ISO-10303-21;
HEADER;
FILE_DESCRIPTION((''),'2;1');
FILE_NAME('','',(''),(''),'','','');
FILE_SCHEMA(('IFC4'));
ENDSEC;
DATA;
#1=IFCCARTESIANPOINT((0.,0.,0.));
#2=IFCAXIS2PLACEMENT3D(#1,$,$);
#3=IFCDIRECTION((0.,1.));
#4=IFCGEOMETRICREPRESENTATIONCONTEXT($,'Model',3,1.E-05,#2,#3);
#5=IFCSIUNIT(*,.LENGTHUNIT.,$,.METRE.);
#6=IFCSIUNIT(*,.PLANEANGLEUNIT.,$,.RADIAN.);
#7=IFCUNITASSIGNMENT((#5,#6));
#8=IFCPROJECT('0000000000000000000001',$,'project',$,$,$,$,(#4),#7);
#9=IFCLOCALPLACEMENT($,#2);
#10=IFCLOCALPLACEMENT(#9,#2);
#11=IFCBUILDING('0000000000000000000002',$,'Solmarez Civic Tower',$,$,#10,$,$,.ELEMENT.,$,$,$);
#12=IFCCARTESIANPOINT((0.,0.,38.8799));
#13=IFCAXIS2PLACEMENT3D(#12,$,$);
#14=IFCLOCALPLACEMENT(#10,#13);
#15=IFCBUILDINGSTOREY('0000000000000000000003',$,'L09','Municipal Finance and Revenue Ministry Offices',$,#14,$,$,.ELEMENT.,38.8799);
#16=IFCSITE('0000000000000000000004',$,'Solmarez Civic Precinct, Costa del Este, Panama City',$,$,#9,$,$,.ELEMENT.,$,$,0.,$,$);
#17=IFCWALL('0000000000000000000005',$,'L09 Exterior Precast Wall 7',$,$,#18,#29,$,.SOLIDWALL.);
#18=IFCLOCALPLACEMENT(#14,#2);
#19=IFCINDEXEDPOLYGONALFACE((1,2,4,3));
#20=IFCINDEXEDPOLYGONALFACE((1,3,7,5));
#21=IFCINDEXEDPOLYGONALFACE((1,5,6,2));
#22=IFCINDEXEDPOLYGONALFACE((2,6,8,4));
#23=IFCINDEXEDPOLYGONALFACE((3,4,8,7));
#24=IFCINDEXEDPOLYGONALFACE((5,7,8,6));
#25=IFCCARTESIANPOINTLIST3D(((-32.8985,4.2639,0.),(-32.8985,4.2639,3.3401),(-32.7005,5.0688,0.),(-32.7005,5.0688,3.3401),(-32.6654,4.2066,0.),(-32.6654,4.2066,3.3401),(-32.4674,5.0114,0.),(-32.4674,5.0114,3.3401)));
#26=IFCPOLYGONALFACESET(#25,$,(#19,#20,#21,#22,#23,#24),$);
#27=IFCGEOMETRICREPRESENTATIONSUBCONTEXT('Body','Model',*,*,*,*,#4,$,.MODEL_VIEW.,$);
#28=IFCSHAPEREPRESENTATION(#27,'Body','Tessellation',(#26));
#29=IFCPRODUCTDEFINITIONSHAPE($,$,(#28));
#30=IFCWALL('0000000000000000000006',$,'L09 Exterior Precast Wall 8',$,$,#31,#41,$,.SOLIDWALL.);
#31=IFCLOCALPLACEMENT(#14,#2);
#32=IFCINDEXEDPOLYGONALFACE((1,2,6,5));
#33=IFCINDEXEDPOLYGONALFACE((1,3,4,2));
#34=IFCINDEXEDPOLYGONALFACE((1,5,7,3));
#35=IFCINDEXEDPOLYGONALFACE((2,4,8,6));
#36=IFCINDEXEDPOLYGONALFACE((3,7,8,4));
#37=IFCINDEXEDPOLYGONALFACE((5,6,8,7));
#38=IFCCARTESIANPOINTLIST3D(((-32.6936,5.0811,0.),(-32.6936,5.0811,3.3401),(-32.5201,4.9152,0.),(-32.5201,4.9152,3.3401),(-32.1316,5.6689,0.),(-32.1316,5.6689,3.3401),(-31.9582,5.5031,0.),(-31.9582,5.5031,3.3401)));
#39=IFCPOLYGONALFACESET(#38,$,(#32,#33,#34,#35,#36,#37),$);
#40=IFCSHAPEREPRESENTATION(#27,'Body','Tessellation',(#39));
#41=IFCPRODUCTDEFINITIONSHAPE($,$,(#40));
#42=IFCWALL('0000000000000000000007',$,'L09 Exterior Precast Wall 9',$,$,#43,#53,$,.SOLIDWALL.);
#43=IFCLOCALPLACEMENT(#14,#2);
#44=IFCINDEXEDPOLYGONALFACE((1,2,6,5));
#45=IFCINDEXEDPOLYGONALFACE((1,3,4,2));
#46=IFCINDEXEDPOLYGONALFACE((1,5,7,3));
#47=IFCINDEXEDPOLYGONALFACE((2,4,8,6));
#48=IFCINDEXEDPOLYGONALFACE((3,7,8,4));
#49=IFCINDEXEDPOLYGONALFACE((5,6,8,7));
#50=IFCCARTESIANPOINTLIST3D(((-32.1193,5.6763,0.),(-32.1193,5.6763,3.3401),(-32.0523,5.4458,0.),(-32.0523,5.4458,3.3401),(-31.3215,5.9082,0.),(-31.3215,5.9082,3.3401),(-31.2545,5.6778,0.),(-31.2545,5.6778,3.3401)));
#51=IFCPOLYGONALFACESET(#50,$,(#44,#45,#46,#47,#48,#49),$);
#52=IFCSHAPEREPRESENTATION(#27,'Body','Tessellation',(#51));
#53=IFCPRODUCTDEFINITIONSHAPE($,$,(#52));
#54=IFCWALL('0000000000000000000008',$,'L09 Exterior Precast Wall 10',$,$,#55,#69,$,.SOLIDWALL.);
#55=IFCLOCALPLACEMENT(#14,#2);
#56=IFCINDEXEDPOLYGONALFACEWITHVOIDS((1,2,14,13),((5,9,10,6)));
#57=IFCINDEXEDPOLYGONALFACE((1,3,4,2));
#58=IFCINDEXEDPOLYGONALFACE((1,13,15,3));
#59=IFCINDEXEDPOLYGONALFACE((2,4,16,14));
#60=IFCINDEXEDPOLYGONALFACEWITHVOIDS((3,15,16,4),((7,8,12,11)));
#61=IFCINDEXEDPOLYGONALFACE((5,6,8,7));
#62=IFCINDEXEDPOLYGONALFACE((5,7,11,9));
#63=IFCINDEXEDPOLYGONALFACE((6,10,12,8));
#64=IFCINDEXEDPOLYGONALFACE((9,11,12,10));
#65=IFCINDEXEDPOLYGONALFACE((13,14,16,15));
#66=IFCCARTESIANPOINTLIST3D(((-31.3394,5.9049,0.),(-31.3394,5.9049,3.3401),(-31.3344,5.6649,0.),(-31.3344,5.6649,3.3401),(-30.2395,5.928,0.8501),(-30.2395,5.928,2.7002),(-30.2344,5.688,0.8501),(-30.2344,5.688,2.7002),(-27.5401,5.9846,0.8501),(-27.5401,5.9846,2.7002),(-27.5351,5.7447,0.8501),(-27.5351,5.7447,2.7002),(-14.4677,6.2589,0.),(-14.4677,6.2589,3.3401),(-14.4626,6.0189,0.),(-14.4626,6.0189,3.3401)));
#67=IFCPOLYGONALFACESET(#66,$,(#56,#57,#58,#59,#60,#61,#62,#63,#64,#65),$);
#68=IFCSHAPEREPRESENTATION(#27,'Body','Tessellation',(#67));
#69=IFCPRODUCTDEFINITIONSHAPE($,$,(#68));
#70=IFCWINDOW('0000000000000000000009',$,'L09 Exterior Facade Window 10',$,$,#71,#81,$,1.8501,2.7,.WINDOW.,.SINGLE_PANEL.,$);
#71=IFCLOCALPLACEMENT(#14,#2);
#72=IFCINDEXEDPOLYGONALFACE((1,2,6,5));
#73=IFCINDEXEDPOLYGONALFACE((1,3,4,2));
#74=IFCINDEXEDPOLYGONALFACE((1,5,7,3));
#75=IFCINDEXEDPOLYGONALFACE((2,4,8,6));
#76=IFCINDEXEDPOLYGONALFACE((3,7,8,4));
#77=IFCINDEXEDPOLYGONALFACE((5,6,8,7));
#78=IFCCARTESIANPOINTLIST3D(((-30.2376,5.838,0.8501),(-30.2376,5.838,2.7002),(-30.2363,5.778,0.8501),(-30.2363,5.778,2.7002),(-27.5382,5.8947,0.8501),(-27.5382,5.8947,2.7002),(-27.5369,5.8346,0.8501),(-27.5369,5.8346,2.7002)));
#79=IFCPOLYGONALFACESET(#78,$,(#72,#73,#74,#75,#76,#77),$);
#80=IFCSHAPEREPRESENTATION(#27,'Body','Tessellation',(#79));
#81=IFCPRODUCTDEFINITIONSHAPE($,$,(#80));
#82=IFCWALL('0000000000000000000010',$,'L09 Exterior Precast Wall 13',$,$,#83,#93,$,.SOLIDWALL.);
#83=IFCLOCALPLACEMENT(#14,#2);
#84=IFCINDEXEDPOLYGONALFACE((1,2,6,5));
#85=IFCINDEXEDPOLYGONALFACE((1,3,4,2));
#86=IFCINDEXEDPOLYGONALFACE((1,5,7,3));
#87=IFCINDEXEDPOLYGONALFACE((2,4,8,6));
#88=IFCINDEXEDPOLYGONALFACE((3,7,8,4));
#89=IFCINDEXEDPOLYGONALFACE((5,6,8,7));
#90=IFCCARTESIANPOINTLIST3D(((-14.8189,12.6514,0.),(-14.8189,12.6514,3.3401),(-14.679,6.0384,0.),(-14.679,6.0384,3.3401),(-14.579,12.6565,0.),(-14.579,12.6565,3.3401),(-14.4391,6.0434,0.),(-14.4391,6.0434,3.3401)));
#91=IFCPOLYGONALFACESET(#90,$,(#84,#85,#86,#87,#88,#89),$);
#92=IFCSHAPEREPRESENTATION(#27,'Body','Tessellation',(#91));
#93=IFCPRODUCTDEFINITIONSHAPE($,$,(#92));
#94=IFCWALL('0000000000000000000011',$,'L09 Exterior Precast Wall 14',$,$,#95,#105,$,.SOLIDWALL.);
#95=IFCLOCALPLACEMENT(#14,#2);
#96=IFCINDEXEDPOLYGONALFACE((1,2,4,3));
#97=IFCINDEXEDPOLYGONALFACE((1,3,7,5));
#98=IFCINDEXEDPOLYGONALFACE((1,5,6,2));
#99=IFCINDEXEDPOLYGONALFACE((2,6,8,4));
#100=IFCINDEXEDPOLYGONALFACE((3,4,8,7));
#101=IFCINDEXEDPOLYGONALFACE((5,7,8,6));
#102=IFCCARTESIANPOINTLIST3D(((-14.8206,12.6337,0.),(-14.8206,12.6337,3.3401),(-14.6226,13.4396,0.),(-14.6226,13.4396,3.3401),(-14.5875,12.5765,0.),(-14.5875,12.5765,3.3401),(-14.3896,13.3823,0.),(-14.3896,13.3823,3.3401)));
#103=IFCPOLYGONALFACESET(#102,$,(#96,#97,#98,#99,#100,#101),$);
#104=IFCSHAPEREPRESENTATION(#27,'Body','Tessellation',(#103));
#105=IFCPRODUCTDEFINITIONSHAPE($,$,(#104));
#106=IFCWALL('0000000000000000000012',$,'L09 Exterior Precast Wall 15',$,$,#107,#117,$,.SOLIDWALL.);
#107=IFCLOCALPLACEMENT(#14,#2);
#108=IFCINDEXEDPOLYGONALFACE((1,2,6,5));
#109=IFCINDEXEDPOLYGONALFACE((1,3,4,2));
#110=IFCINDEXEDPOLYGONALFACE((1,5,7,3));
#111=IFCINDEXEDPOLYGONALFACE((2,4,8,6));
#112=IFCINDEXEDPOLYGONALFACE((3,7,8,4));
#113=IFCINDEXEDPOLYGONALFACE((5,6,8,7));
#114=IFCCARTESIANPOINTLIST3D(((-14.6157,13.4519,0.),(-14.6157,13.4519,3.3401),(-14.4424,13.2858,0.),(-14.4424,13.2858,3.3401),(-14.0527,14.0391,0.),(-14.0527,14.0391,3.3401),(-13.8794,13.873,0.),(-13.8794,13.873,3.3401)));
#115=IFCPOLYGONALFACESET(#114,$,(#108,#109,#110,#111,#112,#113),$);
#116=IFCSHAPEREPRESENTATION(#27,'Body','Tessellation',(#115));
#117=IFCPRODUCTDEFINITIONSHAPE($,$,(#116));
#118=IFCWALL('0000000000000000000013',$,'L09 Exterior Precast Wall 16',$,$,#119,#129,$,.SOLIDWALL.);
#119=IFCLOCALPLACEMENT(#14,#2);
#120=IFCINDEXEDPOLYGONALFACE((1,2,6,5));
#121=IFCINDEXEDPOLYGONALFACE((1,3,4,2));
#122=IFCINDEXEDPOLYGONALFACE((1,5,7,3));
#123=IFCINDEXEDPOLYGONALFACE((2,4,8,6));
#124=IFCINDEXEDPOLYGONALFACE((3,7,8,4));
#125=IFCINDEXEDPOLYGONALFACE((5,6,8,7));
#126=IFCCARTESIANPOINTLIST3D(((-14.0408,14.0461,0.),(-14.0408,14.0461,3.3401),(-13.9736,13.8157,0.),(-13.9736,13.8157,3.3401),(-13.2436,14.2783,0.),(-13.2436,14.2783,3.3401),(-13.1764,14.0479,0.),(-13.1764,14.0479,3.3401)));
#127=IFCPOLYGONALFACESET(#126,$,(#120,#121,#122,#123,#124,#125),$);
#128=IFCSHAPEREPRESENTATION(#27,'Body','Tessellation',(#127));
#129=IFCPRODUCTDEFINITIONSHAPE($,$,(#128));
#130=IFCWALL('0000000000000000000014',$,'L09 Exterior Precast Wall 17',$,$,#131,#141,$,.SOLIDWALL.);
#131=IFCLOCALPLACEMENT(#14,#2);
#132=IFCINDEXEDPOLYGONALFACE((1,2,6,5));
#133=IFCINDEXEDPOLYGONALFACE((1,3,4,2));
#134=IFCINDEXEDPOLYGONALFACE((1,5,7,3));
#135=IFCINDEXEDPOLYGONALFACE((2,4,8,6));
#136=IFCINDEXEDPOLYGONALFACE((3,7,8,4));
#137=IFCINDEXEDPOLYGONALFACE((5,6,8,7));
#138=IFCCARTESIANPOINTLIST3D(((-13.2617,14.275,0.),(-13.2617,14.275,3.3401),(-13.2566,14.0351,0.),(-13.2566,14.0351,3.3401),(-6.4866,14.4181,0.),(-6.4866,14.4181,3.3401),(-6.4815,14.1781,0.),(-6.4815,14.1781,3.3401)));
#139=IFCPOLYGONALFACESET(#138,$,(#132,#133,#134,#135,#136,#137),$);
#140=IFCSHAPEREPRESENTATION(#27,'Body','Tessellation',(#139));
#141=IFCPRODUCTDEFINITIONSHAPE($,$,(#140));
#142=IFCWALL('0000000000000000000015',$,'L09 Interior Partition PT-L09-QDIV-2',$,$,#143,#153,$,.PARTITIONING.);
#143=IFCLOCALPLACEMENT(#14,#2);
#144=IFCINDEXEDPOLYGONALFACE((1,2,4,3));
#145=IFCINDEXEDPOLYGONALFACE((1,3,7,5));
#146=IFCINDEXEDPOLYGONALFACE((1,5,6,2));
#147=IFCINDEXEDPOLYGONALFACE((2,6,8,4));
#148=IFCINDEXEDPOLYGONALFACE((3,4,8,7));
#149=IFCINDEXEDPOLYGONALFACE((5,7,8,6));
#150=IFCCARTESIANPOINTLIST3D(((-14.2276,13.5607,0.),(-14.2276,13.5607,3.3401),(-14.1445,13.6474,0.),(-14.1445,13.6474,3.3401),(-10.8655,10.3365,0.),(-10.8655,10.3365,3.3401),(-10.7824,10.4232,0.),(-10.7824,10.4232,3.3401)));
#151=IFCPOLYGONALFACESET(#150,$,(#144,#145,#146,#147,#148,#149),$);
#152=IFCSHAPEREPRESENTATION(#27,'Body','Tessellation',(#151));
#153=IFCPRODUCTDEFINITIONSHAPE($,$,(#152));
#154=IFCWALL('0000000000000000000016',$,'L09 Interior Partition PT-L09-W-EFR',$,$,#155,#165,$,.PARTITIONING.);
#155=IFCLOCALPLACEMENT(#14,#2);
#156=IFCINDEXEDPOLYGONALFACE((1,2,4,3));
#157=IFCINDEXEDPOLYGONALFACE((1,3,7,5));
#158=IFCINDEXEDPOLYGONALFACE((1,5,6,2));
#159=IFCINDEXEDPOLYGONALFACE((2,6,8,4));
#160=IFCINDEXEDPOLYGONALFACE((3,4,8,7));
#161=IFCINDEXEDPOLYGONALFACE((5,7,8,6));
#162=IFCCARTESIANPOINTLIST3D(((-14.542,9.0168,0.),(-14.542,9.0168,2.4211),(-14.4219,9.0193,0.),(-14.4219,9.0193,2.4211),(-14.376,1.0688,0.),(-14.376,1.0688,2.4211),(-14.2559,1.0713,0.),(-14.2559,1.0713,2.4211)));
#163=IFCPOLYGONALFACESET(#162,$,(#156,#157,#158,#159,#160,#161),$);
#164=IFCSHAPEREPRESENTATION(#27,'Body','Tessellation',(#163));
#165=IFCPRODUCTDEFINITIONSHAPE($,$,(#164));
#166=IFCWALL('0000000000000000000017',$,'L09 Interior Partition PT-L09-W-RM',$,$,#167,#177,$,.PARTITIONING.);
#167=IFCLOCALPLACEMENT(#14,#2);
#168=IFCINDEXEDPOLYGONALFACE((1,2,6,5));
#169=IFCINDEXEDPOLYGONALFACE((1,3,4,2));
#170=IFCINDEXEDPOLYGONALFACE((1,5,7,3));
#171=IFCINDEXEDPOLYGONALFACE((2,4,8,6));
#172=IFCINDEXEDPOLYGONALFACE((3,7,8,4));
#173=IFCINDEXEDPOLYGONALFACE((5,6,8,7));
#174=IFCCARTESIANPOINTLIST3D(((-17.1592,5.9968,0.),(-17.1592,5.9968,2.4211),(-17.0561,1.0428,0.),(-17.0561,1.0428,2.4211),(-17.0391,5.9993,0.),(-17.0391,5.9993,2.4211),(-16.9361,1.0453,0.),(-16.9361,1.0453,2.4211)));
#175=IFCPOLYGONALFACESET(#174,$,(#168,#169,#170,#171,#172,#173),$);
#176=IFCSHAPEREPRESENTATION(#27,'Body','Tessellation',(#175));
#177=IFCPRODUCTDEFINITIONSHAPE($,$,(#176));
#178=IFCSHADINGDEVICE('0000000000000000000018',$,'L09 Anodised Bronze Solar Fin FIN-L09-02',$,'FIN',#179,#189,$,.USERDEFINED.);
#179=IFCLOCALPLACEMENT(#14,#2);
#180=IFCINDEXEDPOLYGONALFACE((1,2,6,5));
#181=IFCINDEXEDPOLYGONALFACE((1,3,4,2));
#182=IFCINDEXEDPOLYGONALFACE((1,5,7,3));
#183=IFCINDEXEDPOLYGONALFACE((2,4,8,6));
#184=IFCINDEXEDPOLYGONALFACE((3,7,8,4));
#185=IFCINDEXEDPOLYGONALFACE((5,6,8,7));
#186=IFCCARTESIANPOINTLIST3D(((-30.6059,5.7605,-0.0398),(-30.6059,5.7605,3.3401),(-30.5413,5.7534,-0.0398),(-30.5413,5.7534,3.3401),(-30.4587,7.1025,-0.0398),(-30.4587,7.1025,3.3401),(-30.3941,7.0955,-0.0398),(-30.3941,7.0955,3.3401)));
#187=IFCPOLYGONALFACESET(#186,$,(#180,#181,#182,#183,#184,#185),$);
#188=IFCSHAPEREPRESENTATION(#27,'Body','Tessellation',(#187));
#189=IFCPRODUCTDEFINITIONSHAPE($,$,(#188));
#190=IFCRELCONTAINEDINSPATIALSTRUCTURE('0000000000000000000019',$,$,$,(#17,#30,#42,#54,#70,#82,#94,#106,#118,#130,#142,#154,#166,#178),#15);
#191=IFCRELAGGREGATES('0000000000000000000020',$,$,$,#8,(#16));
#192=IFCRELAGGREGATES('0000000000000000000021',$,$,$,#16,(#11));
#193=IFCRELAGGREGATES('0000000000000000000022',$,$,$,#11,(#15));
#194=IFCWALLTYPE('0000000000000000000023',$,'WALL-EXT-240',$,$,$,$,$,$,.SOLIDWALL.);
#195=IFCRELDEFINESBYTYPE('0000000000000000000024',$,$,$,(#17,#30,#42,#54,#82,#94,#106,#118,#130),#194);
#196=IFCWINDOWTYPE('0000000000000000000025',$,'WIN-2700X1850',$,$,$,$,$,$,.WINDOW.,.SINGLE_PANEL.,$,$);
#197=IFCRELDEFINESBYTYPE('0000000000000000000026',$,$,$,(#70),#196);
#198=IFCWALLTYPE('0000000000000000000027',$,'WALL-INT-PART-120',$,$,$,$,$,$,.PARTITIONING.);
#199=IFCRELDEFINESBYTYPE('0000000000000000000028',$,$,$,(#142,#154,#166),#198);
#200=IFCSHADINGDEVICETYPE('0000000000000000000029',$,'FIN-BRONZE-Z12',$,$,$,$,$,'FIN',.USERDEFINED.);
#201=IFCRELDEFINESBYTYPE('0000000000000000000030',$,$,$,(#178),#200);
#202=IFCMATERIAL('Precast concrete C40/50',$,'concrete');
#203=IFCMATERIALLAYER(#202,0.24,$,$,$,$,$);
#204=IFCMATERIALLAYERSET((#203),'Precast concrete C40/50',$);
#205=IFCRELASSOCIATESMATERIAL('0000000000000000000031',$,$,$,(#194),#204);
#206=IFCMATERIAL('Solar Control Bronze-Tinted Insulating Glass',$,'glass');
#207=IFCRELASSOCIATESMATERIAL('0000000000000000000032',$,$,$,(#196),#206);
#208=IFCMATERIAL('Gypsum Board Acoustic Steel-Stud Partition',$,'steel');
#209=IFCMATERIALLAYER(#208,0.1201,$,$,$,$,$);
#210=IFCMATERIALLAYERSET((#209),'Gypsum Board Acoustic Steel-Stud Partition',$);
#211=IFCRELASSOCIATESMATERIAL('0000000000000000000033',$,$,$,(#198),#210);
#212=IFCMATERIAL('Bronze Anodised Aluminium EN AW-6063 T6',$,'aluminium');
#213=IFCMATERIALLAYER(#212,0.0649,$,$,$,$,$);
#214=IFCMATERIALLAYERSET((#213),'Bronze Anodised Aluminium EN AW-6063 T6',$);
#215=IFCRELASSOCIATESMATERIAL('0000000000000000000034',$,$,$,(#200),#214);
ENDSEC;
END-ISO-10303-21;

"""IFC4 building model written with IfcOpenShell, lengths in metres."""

from ifc_helpers import new_model, si_unit, direction, frame, frame_2d, origin, origin_2d, place, context, subcontext, project, spatial, rectangle, extrude, material, layer, layer_set, type_object, element, fill, save


model = new_model("IFC4")

# Units and contexts
model_context = context("Model", 3, precision=1e-05, world=origin(), true_north=direction((0.0, 1.0)))
body_context = subcontext(model_context, "Body", "Model", "MODEL_VIEW")
ifc_project = project(units=[si_unit("LENGTHUNIT", "METRE"), si_unit("PLANEANGLEUNIT", "RADIAN")], contexts=[model_context])

# Site, building, storey
site_placement = place(None, origin())
site = spatial("IfcSite", under=ifc_project, at=site_placement, Name="Solmarez Civic Precinct, Costa del Este, Panama City", CompositionType="ELEMENT", RefElevation=0.0)
building_placement = place(site_placement, origin())
building = spatial("IfcBuilding", under=site, at=building_placement, Name="Solmarez Civic Tower", CompositionType="ELEMENT")
storey_placement = place(building_placement, frame((0.0, 0.0, 38.8799)))
storey = spatial("IfcBuildingStorey", under=building, at=storey_placement, Name="L09", Description="Municipal Finance and Revenue Ministry Offices", CompositionType="ELEMENT", Elevation=38.8799)

# Shared definitions
ifc_material_1 = material(Name="Bronze Anodised Aluminium EN AW-6063 T6", Category="aluminium")

# Walls
ifc_material_2 = material(Name="Precast concrete C40/50", Category="concrete")
ifc_layer_1 = layer(ifc_material_2, 0.24)
ifc_layer_set_1 = layer_set([ifc_layer_1], Name="Precast concrete C40/50")
wall_type_1 = type_object("IfcWallType", Name="WALL-EXT-240", PredefinedType="SOLIDWALL", material=ifc_layer_set_1)
wall_1_placement = place(storey_placement, frame((-32.782, 4.2351, 0.0), z_axis=(0.0, 0.0, 1.0), x_axis=(0.238861, 0.971054, 0.0)))
element("IfcWall", 1, at=wall_1_placement, inside=storey, type_object=wall_type_1, Name="L09 Exterior Precast Wall 7", PredefinedType="SOLIDWALL", context=body_context, shape_type="SweptSolid", body=[
    extrude(rectangle(XDim=0.8289, YDim=0.24, at=frame_2d((0.4146, 0.0))), origin(), (0.0, 0.0, 1.0), 3.3401),
])
wall_2_placement = place(storey_placement, frame((-32.6069, 4.998, 0.0), z_axis=(0.0, 0.0, 1.0), x_axis=(0.691018, 0.722837, 0.0)))
element("IfcWall", 2, at=wall_2_placement, inside=storey, type_object=wall_type_1, Name="L09 Exterior Precast Wall 8", PredefinedType="SOLIDWALL", context=body_context, shape_type="SweptSolid", body=[
    extrude(rectangle(XDim=0.8132, YDim=0.24, at=frame_2d((0.4067, 0.0))), origin(), (0.0, 0.0, 1.0), 3.3401),
])
wall_3_placement = place(storey_placement, frame((-32.0859, 5.561, 0.0), z_axis=(0.0, 0.0, 1.0), x_axis=(0.96025, 0.279142, 0.0)))
element("IfcWall", 3, at=wall_3_placement, inside=storey, type_object=wall_type_1, Name="L09 Exterior Precast Wall 9", PredefinedType="SOLIDWALL", context=body_context, shape_type="SweptSolid", body=[
    extrude(rectangle(XDim=0.8308, YDim=0.24, at=frame_2d((0.4155, 0.0))), origin(), (0.0, 0.0, 1.0), 3.3401),
])

# Wall, opening, window
wall_4_placement = place(storey_placement, frame((-31.3369, 5.7849, 0.0), z_axis=(0.0, 0.0, 1.0), x_axis=(0.99978, 0.020977, 0.0)))
wall_4 = element("IfcWall", 4, at=wall_4_placement, inside=storey, type_object=wall_type_1, Name="L09 Exterior Precast Wall 10", PredefinedType="SOLIDWALL", context=body_context, shape_type="SweptSolid", body=[
    extrude(rectangle(XDim=16.8755, YDim=0.24, at=frame_2d((8.4377, 0.0))), origin(), (0.0, 0.0, 1.0), 3.3401),
])
opening_placement = place(wall_4_placement, frame((1.1001, 0.0, 0.8501)))
opening = element("IfcOpeningElement", 5, at=opening_placement, cuts=wall_4, PredefinedType="OPENING", context=body_context, shape_type="SweptSolid", body=[
    extrude(rectangle(XDim=2.7, YDim=1.8501, at=frame_2d((1.3501, 0.925))), frame((0.0, 0.1299, 0.0), z_axis=(0.0, -1.0, 0.0), x_axis=(1.0, 0.0, 0.0)), (0.0, 0.0, 1.0), 0.26),
])
ifc_material_3 = material(Name="Solar Control Bronze-Tinted Insulating Glass", Category="glass")
window_type = type_object("IfcWindowType", Name="WIN-2700X1850", PartitioningType="SINGLE_PANEL", PredefinedType="WINDOW", material=ifc_material_3)
window_placement = place(opening_placement, origin())
window = element("IfcWindow", 6, at=window_placement, inside=storey, type_object=window_type, Name="L09 Exterior Facade Window 10", OverallHeight=1.8501, OverallWidth=2.7, PartitioningType="SINGLE_PANEL", PredefinedType="WINDOW", context=body_context, shape_type="SweptSolid", body=[
    extrude(rectangle(XDim=2.7, YDim=1.8501, at=frame_2d((1.3501, 0.925))), frame((0.0, 0.03, 0.0), z_axis=(0.0, -1.0, 0.0), x_axis=(1.0, 0.0, 0.0)), (0.0, 0.0, 1.0), 0.0601),
])
fill(opening, window)

# Walls
wall_5_placement = place(storey_placement, frame((-14.5591, 6.041, 0.0), z_axis=(0.0, 0.0, 1.0), x_axis=(-0.021149, 0.999776, 0.0)))
element("IfcWall", 7, at=wall_5_placement, inside=storey, type_object=wall_type_1, Name="L09 Exterior Precast Wall 13", PredefinedType="SOLIDWALL", context=body_context, shape_type="SweptSolid", body=[
    extrude(rectangle(XDim=6.6145, YDim=0.24, at=frame_2d((3.3071, 0.0))), origin(), (0.0, 0.0, 1.0), 3.3401),
])
wall_6_placement = place(storey_placement, frame((-14.7041, 12.605, 0.0), z_axis=(0.0, 0.0, 1.0), x_axis=(0.238588, 0.971121, 0.0)))
element("IfcWall", 8, at=wall_6_placement, inside=storey, type_object=wall_type_1, Name="L09 Exterior Precast Wall 14", PredefinedType="SOLIDWALL", context=body_context, shape_type="SweptSolid", body=[
    extrude(rectangle(XDim=0.8298, YDim=0.24, at=frame_2d((0.415, 0.0))), origin(), (0.0, 0.0, 1.0), 3.3401),
])
wall_7_placement = place(storey_placement, frame((-14.5291, 13.3689, 0.0), z_axis=(0.0, 0.0, 1.0), x_axis=(0.692094, 0.721807, 0.0)))
element("IfcWall", 9, at=wall_7_placement, inside=storey, type_object=wall_type_1, Name="L09 Exterior Precast Wall 15", PredefinedType="SOLIDWALL", context=body_context, shape_type="SweptSolid", body=[
    extrude(rectangle(XDim=0.8135, YDim=0.24, at=frame_2d((0.4067, 0.0))), origin(), (0.0, 0.0, 1.0), 3.3401),
])
wall_8_placement = place(storey_placement, frame((-14.0071, 13.9309, 0.0), z_axis=(0.0, 0.0, 1.0), x_axis=(0.960102, 0.27965, 0.0)))
element("IfcWall", 10, at=wall_8_placement, inside=storey, type_object=wall_type_1, Name="L09 Exterior Precast Wall 16", PredefinedType="SOLIDWALL", context=body_context, shape_type="SweptSolid", body=[
    extrude(rectangle(XDim=0.8303, YDim=0.24, at=frame_2d((0.415, 0.0))), origin(), (0.0, 0.0, 1.0), 3.3401),
])
wall_9_placement = place(storey_placement, frame((-13.259, 14.155, 0.0), z_axis=(0.0, 0.0, 1.0), x_axis=(0.999777, 0.021112, 0.0)))
element("IfcWall", 11, at=wall_9_placement, inside=storey, type_object=wall_type_1, Name="L09 Exterior Precast Wall 17", PredefinedType="SOLIDWALL", context=body_context, shape_type="SweptSolid", body=[
    extrude(rectangle(XDim=6.7766, YDim=0.24, at=frame_2d((3.3882, 0.0))), origin(), (0.0, 0.0, 1.0), 3.3401),
])
ifc_material_4 = material(Name="Gypsum Board Acoustic Steel-Stud Partition", Category="steel")
ifc_layer_2 = layer(ifc_material_4, 0.1201)
ifc_layer_set_2 = layer_set([ifc_layer_2], Name="Gypsum Board Acoustic Steel-Stud Partition")
wall_type_2 = type_object("IfcWallType", Name="WALL-INT-PART-120", PredefinedType="PARTITIONING", material=ifc_layer_set_2)
wall_10_placement = place(storey_placement, frame((-10.824, 10.3799, 0.0), z_axis=(0.0, 0.0, 1.0), x_axis=(-0.721758, 0.692146, 0.0)))
element("IfcWall", 12, at=wall_10_placement, inside=storey, type_object=wall_type_2, Name="L09 Interior Partition PT-L09-QDIV-2", PredefinedType="PARTITIONING", context=body_context, shape_type="SweptSolid", body=[
    extrude(rectangle(XDim=4.6582, YDim=0.1201, at=frame_2d((2.3291, 0.0))), origin(), (0.0, 0.0, 1.0), 3.3401),
])
wall_11_placement = place(storey_placement, frame((-14.4819, 9.0181, 0.0), z_axis=(0.0, 0.0, 1.0), x_axis=(0.020883, -0.999782, 0.0)))
element("IfcWall", 13, at=wall_11_placement, inside=storey, type_object=wall_type_2, Name="L09 Interior Partition PT-L09-W-EFR", PredefinedType="PARTITIONING", context=body_context, shape_type="SweptSolid", body=[
    extrude(rectangle(XDim=7.9497, YDim=0.1201, at=frame_2d((3.9749, 0.0))), origin(), (0.0, 0.0, 1.0), 2.4211),
])
wall_12_placement = place(storey_placement, frame((-17.0991, 5.998, 0.0), z_axis=(0.0, 0.0, 1.0), x_axis=(0.020792, -0.999784, 0.0)))
element("IfcWall", 14, at=wall_12_placement, inside=storey, type_object=wall_type_2, Name="L09 Interior Partition PT-L09-W-RM", PredefinedType="PARTITIONING", context=body_context, shape_type="SweptSolid", body=[
    extrude(rectangle(XDim=4.9551, YDim=0.1201, at=frame_2d((2.4775, 0.0))), origin(), (0.0, 0.0, 1.0), 2.4211),
])

# Shading device
ifc_layer_3 = layer(ifc_material_1, 0.0649)
ifc_layer_set_3 = layer_set([ifc_layer_3], Name="Bronze Anodised Aluminium EN AW-6063 T6")
shading_device_type = type_object("IfcShadingDeviceType", Name="FIN-BRONZE-Z12", ElementType="FIN", PredefinedType="USERDEFINED", material=ifc_layer_set_3)
shading_device_placement = place(storey_placement, frame((-30.5, 6.428, -0.0398), z_axis=(0.0, 0.0, 1.0), x_axis=(0.109006, 0.994041, 0.0)))
element("IfcShadingDevice", 15, at=shading_device_placement, inside=storey, type_object=shading_device_type, Name="L09 Anodised Bronze Solar Fin FIN-L09-02", ObjectType="FIN", PredefinedType="USERDEFINED", context=body_context, shape_type="SweptSolid", body=[
    extrude(rectangle(XDim=1.3501, YDim=0.0649, at=origin_2d()), origin(), (0.0, 0.0, 1.0), 3.3799),
])

save(model, "model.ifc")
